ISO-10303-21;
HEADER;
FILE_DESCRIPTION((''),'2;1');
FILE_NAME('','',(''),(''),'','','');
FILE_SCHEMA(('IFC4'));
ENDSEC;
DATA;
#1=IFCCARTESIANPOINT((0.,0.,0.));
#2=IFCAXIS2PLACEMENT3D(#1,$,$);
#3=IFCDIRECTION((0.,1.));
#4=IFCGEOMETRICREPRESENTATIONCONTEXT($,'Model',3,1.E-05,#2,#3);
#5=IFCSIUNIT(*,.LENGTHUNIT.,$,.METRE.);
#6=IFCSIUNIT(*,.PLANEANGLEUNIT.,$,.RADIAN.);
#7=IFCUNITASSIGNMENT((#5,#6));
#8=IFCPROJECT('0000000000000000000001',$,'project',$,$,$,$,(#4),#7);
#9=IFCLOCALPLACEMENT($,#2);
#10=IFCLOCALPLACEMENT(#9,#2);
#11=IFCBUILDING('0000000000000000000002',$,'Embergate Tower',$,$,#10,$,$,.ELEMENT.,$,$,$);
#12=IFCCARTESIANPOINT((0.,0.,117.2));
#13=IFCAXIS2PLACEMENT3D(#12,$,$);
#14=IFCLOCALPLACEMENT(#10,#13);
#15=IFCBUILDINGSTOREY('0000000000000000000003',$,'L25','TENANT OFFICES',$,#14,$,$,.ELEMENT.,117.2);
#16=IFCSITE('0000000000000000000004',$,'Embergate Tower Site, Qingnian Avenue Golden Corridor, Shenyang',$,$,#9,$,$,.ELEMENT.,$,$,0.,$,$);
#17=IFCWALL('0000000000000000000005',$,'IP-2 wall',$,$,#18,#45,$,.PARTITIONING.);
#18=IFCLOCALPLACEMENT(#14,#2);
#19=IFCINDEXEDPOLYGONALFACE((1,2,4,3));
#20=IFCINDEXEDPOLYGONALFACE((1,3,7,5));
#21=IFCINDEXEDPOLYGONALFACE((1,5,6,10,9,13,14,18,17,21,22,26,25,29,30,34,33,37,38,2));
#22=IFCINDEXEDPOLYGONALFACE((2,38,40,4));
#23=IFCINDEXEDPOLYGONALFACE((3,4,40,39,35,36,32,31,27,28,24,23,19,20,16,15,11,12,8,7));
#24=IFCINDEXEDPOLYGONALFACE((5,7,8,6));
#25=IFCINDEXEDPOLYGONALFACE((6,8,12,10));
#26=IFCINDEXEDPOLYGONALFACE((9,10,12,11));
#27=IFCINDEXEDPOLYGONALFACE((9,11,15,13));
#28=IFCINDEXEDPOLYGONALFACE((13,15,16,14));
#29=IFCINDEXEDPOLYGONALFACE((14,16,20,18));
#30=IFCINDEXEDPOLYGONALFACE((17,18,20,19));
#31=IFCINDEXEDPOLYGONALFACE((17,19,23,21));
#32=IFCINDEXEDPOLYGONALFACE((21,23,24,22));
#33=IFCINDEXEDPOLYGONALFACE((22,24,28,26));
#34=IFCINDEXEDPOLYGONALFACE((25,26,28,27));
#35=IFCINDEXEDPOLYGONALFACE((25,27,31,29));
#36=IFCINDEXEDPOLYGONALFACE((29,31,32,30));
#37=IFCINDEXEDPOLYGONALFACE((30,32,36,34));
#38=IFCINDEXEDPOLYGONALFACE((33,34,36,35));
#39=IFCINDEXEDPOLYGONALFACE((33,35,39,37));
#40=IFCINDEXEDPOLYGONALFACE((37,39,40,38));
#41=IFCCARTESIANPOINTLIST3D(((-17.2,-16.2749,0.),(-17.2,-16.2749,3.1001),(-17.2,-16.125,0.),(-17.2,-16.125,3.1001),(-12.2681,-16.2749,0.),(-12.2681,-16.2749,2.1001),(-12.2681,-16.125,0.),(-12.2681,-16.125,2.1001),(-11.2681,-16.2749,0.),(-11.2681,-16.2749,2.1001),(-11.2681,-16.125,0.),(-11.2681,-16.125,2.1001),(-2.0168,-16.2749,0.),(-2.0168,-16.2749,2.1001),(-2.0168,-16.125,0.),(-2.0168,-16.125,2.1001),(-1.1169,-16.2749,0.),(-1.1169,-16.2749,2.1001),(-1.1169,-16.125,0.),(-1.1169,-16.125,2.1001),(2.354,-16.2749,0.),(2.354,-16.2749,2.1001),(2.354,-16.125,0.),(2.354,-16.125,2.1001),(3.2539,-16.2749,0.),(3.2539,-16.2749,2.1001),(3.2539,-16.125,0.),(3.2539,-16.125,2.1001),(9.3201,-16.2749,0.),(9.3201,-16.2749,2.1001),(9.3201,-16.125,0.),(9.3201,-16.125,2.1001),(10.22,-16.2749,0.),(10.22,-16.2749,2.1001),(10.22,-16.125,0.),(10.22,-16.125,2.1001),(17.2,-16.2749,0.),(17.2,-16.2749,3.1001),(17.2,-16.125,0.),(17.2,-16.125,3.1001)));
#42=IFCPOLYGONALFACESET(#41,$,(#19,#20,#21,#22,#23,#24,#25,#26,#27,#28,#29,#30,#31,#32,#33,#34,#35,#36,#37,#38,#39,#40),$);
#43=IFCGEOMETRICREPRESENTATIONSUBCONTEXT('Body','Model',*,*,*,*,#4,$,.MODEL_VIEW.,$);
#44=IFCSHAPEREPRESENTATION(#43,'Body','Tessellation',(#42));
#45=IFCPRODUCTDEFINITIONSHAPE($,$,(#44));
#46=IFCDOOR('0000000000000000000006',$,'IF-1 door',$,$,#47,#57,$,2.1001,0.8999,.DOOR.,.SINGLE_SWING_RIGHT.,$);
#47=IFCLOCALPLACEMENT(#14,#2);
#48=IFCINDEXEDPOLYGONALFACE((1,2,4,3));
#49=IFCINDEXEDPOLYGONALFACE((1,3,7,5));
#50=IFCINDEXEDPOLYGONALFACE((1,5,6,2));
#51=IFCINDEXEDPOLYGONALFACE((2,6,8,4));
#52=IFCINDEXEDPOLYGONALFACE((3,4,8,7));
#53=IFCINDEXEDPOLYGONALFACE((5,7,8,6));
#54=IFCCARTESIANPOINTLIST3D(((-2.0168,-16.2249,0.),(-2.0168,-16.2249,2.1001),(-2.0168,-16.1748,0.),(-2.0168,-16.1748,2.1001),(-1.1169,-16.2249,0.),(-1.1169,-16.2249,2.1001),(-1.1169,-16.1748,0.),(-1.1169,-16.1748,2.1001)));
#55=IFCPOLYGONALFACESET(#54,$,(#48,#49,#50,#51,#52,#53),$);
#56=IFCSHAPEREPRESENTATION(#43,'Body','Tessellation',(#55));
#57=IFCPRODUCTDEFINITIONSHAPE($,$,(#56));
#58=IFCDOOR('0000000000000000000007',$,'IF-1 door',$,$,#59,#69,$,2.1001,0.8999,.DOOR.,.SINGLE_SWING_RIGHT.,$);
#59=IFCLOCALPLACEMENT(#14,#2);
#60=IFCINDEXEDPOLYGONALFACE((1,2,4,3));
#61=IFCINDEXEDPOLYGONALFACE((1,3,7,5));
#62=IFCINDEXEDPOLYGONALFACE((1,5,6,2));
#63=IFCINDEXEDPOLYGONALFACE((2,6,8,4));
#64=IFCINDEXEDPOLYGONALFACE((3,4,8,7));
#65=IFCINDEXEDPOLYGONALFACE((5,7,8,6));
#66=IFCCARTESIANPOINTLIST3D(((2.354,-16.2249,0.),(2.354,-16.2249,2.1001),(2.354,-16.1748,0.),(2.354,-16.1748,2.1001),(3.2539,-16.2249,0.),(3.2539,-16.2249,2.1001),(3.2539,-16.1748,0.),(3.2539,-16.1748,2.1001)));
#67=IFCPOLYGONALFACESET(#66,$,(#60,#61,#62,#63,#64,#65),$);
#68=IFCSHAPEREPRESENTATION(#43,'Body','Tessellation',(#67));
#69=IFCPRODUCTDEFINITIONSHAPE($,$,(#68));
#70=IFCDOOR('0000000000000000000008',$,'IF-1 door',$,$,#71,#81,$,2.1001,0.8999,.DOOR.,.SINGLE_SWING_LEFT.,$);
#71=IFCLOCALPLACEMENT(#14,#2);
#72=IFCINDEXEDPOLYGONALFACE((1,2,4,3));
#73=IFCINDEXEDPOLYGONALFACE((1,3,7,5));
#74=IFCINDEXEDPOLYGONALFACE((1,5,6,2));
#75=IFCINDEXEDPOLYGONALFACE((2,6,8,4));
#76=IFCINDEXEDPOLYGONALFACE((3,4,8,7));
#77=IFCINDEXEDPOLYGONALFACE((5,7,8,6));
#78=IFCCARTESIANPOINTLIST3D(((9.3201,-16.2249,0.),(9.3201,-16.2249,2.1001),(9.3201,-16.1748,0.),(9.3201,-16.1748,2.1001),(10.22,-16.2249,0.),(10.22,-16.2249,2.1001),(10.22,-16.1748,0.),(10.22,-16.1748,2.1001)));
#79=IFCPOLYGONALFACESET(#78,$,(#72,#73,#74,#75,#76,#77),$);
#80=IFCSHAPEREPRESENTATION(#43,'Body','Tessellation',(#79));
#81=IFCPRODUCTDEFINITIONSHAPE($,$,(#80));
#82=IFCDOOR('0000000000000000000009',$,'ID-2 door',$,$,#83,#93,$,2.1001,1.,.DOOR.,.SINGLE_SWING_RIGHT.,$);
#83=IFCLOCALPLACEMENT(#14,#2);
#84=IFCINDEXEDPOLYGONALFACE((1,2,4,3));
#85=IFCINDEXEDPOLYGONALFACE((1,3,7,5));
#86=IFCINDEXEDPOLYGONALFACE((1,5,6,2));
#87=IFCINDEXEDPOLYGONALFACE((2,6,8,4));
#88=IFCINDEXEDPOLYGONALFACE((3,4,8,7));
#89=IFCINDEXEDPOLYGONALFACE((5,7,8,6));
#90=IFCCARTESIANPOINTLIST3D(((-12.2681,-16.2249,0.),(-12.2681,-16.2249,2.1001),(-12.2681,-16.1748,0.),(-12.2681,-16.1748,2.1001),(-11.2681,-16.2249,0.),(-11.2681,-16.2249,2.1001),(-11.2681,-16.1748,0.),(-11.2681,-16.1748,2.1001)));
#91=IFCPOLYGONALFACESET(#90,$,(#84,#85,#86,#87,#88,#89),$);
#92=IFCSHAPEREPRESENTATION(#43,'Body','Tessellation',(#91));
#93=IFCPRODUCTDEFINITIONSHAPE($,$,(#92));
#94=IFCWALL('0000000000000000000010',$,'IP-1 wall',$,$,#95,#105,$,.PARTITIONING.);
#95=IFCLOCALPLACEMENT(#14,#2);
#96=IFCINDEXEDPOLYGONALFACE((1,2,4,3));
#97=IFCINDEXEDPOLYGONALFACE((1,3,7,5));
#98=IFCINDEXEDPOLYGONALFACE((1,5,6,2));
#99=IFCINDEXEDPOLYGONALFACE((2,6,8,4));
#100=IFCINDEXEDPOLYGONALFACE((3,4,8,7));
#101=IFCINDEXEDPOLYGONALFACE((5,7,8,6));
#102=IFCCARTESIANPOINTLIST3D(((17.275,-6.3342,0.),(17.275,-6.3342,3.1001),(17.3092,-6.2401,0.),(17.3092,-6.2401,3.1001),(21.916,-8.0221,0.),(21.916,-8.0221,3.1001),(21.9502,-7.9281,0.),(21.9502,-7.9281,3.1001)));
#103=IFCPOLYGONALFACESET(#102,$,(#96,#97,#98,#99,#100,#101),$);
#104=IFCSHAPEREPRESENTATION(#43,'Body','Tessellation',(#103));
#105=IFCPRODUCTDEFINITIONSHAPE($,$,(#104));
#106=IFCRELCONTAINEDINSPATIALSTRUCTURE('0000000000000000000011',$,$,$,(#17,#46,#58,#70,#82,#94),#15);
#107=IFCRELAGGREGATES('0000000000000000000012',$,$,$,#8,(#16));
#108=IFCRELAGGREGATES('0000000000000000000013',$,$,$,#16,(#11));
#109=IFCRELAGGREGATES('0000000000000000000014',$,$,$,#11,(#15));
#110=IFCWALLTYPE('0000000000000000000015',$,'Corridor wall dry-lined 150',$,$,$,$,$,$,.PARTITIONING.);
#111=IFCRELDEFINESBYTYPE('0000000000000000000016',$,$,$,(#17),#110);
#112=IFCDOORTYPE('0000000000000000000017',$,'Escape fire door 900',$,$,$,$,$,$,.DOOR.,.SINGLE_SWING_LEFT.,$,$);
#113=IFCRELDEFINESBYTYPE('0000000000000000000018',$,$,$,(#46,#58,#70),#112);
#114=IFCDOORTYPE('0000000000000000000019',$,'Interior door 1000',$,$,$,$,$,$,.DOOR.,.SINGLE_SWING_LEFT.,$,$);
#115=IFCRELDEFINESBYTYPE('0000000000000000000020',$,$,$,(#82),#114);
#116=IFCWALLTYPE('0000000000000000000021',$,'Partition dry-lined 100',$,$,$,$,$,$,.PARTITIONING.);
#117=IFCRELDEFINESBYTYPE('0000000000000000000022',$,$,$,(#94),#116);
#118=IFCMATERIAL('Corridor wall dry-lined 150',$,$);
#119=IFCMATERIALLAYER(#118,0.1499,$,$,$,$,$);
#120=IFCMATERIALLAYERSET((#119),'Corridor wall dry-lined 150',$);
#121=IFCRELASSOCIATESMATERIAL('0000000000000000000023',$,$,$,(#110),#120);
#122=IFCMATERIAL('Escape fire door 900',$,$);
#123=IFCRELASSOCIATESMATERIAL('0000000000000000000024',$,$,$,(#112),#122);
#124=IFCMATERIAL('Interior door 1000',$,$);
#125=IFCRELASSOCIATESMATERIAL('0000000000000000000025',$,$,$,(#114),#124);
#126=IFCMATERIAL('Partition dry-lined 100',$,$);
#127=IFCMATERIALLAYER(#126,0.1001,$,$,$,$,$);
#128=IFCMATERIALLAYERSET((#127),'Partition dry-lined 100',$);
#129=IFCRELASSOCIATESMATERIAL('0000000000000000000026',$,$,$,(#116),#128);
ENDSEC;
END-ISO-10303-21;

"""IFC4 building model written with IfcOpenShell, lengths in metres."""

from ifc_helpers import new_model, si_unit, direction, frame, frame_2d, origin, place, context, subcontext, project, spatial, rectangle, extrude, source, transform, mapped, material, layer, layer_set, type_object, element, fill, save


model = new_model("IFC4")

# Units and contexts
model_context = context("Model", 3, precision=1e-05, world=origin(), true_north=direction((0.0, 1.0)))
body_context = subcontext(model_context, "Body", "Model", "MODEL_VIEW")
ifc_project = project(units=[si_unit("LENGTHUNIT", "METRE"), si_unit("PLANEANGLEUNIT", "RADIAN")], contexts=[model_context])

# Site, building, storey
site_placement = place(None, origin())
site = spatial("IfcSite", under=ifc_project, at=site_placement, Name="Embergate Tower Site, Qingnian Avenue Golden Corridor, Shenyang", CompositionType="ELEMENT", RefElevation=0.0)
building_placement = place(site_placement, origin())
building = spatial("IfcBuilding", under=site, at=building_placement, Name="Embergate Tower", CompositionType="ELEMENT")
storey_placement = place(building_placement, frame((0.0, 0.0, 117.2)))
storey = spatial("IfcBuildingStorey", under=building, at=storey_placement, Name="L25", Description="TENANT OFFICES", CompositionType="ELEMENT", Elevation=117.2)

# Wall, openings, doors
ifc_material_1 = material(Name="Corridor wall dry-lined 150")
ifc_layer_1 = layer(ifc_material_1, 0.1499)
ifc_layer_set_1 = layer_set([ifc_layer_1], Name="Corridor wall dry-lined 150")
wall_type_1 = type_object("IfcWallType", Name="Corridor wall dry-lined 150", PredefinedType="PARTITIONING", material=ifc_layer_set_1)
shared_shape_1 = source(origin(), body_context, "Body", "SweptSolid", [
    extrude(rectangle(XDim=34.3999, YDim=0.1499, at=frame_2d((17.2, 0.0))), origin(), (0.0, 0.0, 1.0), 3.1001),
])
wall_1_placement = place(storey_placement, frame((17.2, -16.2, 0.0), z_axis=(0.0, 0.0, 1.0), x_axis=(-1.0, 0.0, 0.0)))
wall_1 = element("IfcWall", 1, at=wall_1_placement, inside=storey, type_object=wall_type_1, Name="IP-2 wall", PredefinedType="PARTITIONING", context=body_context, shape_type="MappedRepresentation", body=[
    mapped(shared_shape_1, transform((0.0, 0.0, 0.0))),
])
shared_shape_2 = source(origin(), body_context, "Body", "SweptSolid", [
    extrude(rectangle(XDim=1.0, YDim=2.1001, at=frame_2d((0.5, 1.05))), frame((0.0, 0.085, 0.0), z_axis=(0.0, -1.0, 0.0), x_axis=(1.0, 0.0, 0.0)), (0.0, 0.0, 1.0), 0.1699),
])
opening_1_placement = place(wall_1_placement, frame((28.468, 0.0, 0.0)))
opening_1 = element("IfcOpeningElement", 2, at=opening_1_placement, cuts=wall_1, PredefinedType="OPENING", context=body_context, shape_type="MappedRepresentation", body=[
    mapped(shared_shape_2, transform((0.0, 0.0, 0.0))),
])
shared_shape_3 = source(origin(), body_context, "Body", "SweptSolid", [
    extrude(rectangle(XDim=0.8999, YDim=2.1001, at=frame_2d((0.45, 1.05))), frame((0.0, 0.085, 0.0), z_axis=(0.0, -1.0, 0.0), x_axis=(1.0, 0.0, 0.0)), (0.0, 0.0, 1.0), 0.1699),
])
opening_2_placement = place(wall_1_placement, frame((18.3169, 0.0, 0.0)))
opening_2 = element("IfcOpeningElement", 3, at=opening_2_placement, cuts=wall_1, PredefinedType="OPENING", context=body_context, shape_type="MappedRepresentation", body=[
    mapped(shared_shape_3, transform((0.0, 0.0, 0.0))),
])
opening_3_placement = place(wall_1_placement, frame((13.946, 0.0, 0.0)))
opening_3 = element("IfcOpeningElement", 4, at=opening_3_placement, cuts=wall_1, PredefinedType="OPENING", context=body_context, shape_type="MappedRepresentation", body=[
    mapped(shared_shape_3, transform((0.0, 0.0, 0.0))),
])
opening_4_placement = place(wall_1_placement, frame((6.98, 0.0, 0.0)))
opening_4 = element("IfcOpeningElement", 5, at=opening_4_placement, cuts=wall_1, PredefinedType="OPENING", context=body_context, shape_type="MappedRepresentation", body=[
    mapped(shared_shape_3, transform((0.0, 0.0, 0.0))),
])
ifc_material_2 = material(Name="Escape fire door 900")
door_type_1 = type_object("IfcDoorType", Name="Escape fire door 900", OperationType="SINGLE_SWING_LEFT", PredefinedType="DOOR", material=ifc_material_2)
shared_shape_4 = source(origin(), body_context, "Body", "SweptSolid", [
    extrude(rectangle(XDim=0.8999, YDim=2.1001, at=frame_2d((0.45, 1.05))), frame((0.0, 0.0249, 0.0), z_axis=(0.0, -1.0, 0.0), x_axis=(1.0, 0.0, 0.0)), (0.0, 0.0, 1.0), 0.05),
])
door_1_placement = place(opening_2_placement, origin())
door_1 = element("IfcDoor", 6, at=door_1_placement, inside=storey, type_object=door_type_1, Name="IF-1 door", OperationType="SINGLE_SWING_RIGHT", OverallHeight=2.1001, OverallWidth=0.8999, PredefinedType="DOOR", context=body_context, shape_type="MappedRepresentation", body=[
    mapped(shared_shape_4, transform((0.0, 0.0, 0.0))),
])
fill(opening_2, door_1)
door_2_placement = place(opening_3_placement, origin())
door_2 = element("IfcDoor", 7, at=door_2_placement, inside=storey, type_object=door_type_1, Name="IF-1 door", OperationType="SINGLE_SWING_RIGHT", OverallHeight=2.1001, OverallWidth=0.8999, PredefinedType="DOOR", context=body_context, shape_type="MappedRepresentation", body=[
    mapped(shared_shape_4, transform((0.0, 0.0, 0.0))),
])
fill(opening_3, door_2)
door_3_placement = place(opening_4_placement, origin())
door_3 = element("IfcDoor", 8, at=door_3_placement, inside=storey, type_object=door_type_1, Name="IF-1 door", OperationType="SINGLE_SWING_LEFT", OverallHeight=2.1001, OverallWidth=0.8999, PredefinedType="DOOR", context=body_context, shape_type="MappedRepresentation", body=[
    mapped(shared_shape_4, transform((0.0, 0.0, 0.0))),
])
fill(opening_4, door_3)
ifc_material_3 = material(Name="Interior door 1000")
door_type_2 = type_object("IfcDoorType", Name="Interior door 1000", OperationType="SINGLE_SWING_LEFT", PredefinedType="DOOR", material=ifc_material_3)
shared_shape_5 = source(origin(), body_context, "Body", "SweptSolid", [
    extrude(rectangle(XDim=1.0, YDim=2.1001, at=frame_2d((0.5, 1.05))), frame((0.0, 0.0249, 0.0), z_axis=(0.0, -1.0, 0.0), x_axis=(1.0, 0.0, 0.0)), (0.0, 0.0, 1.0), 0.05),
])
door_4_placement = place(opening_1_placement, origin())
door_4 = element("IfcDoor", 9, at=door_4_placement, inside=storey, type_object=door_type_2, Name="ID-2 door", OperationType="SINGLE_SWING_RIGHT", OverallHeight=2.1001, OverallWidth=1.0, PredefinedType="DOOR", context=body_context, shape_type="MappedRepresentation", body=[
    mapped(shared_shape_5, transform((0.0, 0.0, 0.0))),
])
fill(opening_1, door_4)

# Wall
ifc_material_4 = material(Name="Partition dry-lined 100")
ifc_layer_2 = layer(ifc_material_4, 0.1001)
ifc_layer_set_2 = layer_set([ifc_layer_2], Name="Partition dry-lined 100")
wall_type_2 = type_object("IfcWallType", Name="Partition dry-lined 100", PredefinedType="PARTITIONING", material=ifc_layer_set_2)
shared_shape_6 = source(origin(), body_context, "Body", "SweptSolid", [
    extrude(rectangle(XDim=4.9385, YDim=0.1001, at=frame_2d((2.4692, 0.0))), origin(), (0.0, 0.0, 1.0), 3.1001),
])
wall_2_placement = place(storey_placement, frame((21.9331, -7.9751, 0.0), z_axis=(0.0, 0.0, 1.0), x_axis=(-0.939773, 0.341799, 0.0)))
element("IfcWall", 10, at=wall_2_placement, inside=storey, type_object=wall_type_2, Name="IP-1 wall", PredefinedType="PARTITIONING", context=body_context, shape_type="MappedRepresentation", body=[
    mapped(shared_shape_6, transform((0.0, 0.0, 0.0))),
])

save(model, "model.ifc")
